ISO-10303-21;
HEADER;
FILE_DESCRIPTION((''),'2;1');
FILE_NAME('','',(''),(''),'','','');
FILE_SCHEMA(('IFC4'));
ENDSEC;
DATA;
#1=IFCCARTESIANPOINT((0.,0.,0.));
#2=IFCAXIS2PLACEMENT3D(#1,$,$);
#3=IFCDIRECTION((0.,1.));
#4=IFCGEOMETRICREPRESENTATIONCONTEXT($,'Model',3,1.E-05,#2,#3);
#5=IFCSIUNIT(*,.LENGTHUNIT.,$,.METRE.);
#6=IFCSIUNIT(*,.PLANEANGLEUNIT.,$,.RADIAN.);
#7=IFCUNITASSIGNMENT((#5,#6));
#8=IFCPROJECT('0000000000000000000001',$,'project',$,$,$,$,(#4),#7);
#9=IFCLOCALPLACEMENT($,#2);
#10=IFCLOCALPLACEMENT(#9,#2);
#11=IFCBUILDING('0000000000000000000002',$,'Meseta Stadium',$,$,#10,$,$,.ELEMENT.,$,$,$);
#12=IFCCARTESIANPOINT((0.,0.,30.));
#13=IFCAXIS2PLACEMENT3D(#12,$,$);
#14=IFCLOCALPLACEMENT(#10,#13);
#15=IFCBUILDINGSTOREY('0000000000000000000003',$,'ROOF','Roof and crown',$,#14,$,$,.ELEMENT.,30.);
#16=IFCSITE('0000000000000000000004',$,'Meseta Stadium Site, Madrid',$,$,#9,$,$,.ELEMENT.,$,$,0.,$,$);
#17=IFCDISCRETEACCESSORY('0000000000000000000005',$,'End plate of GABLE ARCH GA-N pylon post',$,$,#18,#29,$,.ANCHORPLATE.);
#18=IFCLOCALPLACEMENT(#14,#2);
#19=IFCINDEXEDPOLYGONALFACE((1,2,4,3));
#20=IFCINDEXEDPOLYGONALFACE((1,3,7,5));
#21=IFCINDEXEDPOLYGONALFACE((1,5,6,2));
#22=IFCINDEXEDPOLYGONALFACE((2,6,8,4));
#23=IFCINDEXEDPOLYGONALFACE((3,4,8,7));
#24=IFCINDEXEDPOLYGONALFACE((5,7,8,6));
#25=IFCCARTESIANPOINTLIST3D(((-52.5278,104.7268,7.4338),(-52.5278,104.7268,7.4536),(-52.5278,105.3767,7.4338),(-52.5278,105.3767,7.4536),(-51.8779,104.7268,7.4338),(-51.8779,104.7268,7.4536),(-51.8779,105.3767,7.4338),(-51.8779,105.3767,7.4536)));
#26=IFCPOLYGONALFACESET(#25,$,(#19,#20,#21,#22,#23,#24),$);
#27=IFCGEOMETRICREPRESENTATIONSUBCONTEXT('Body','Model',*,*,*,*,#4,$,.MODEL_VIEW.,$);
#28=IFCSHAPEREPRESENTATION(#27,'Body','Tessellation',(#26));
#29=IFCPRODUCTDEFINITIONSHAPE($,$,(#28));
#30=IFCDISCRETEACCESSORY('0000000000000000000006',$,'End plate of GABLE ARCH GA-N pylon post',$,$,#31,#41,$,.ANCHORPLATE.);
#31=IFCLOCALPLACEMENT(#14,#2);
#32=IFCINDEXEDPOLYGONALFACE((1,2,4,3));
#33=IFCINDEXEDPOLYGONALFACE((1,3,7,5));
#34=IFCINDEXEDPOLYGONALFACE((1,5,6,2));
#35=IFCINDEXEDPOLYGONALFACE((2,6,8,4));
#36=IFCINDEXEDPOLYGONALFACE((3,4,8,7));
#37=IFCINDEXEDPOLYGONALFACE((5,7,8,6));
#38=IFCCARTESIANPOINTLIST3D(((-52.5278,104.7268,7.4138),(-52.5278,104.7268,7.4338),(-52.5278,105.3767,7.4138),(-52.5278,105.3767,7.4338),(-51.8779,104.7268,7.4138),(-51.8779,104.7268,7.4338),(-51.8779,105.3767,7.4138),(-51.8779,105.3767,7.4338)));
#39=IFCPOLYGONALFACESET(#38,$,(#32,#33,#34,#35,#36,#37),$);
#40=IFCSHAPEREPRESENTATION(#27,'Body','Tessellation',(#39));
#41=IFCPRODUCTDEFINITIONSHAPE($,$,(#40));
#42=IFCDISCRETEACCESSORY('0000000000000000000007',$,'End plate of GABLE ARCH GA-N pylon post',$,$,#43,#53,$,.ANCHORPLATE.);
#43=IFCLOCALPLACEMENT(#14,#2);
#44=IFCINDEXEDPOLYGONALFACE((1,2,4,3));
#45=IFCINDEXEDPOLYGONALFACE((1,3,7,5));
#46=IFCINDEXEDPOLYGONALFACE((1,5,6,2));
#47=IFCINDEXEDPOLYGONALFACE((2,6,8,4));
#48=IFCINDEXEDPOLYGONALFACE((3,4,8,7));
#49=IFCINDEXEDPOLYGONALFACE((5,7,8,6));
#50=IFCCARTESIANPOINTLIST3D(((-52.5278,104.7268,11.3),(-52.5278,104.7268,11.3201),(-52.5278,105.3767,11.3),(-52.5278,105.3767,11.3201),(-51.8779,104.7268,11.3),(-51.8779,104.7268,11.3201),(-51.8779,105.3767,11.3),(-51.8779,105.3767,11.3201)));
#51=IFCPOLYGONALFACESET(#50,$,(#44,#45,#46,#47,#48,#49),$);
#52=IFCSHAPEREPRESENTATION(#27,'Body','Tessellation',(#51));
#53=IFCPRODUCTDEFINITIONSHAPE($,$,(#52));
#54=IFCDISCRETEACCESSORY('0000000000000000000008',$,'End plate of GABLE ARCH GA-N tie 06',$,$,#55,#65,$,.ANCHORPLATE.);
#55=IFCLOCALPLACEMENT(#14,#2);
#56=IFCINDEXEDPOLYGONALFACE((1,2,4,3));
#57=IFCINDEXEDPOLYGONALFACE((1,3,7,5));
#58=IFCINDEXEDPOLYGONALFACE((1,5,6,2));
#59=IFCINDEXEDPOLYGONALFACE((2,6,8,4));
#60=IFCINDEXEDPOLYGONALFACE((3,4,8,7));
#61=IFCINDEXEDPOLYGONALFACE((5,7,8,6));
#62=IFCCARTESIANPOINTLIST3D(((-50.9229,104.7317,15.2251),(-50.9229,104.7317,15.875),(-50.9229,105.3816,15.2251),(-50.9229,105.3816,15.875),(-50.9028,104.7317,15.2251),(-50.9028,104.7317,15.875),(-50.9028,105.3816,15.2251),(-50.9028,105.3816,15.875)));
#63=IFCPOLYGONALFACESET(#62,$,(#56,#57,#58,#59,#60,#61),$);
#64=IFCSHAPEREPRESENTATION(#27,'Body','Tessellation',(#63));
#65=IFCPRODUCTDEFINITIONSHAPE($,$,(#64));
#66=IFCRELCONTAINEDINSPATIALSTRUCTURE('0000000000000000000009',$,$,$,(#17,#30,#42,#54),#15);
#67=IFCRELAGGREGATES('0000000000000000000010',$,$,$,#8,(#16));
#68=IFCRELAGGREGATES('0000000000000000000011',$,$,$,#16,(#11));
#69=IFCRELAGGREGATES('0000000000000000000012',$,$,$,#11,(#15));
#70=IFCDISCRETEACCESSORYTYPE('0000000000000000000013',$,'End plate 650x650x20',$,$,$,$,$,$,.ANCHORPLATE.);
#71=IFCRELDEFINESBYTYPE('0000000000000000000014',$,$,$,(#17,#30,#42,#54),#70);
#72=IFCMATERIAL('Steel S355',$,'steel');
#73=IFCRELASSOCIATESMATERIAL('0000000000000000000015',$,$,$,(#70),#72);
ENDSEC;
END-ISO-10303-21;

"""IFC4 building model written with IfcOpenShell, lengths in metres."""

from ifc_helpers import new_model, si_unit, direction, frame, origin, origin_2d, place, context, subcontext, project, spatial, rectangle, extrude, material, material_profile, profile_set, type_object, element, save


model = new_model("IFC4")

# Units and contexts
model_context = context("Model", 3, precision=1e-05, world=origin(), true_north=direction((0.0, 1.0)))
body_context = subcontext(model_context, "Body", "Model", "MODEL_VIEW")
ifc_project = project(units=[si_unit("LENGTHUNIT", "METRE"), si_unit("PLANEANGLEUNIT", "RADIAN")], contexts=[model_context])

# Site, building, storey
site_placement = place(None, origin())
site = spatial("IfcSite", under=ifc_project, at=site_placement, Name="Meseta Stadium Site, Madrid", CompositionType="ELEMENT", RefElevation=0.0)
building_placement = place(site_placement, origin())
building = spatial("IfcBuilding", under=site, at=building_placement, Name="Meseta Stadium", CompositionType="ELEMENT")
storey_placement = place(building_placement, frame((0.0, 0.0, 30.0)))
storey = spatial("IfcBuildingStorey", under=building, at=storey_placement, Name="ROOF", Description="Roof and crown", CompositionType="ELEMENT", Elevation=30.0)

# Discrete accessories
ifc_material_1 = material(Name="Steel S355", Category="steel")
ifc_material_profile_1 = material_profile(ifc_material_1, rectangle(XDim=0.6499, YDim=0.6499, at=origin_2d()), Name="PL 650x650")
ifc_profile_set_1 = profile_set([ifc_material_profile_1], Name="Steel S355")
discrete_accessory_type_1 = type_object("IfcDiscreteAccessoryType", Name="End plate 650x650x20", PredefinedType="ANCHORPLATE", material=ifc_profile_set_1)
discrete_accessory_1_placement = place(storey_placement, frame((-52.2029, 105.0518, 7.4338), z_axis=(0.0, 0.0, 1.0), x_axis=(1.0, 0.0, 0.0)))
element("IfcDiscreteAccessory", 1, at=discrete_accessory_1_placement, inside=storey, type_object=discrete_accessory_type_1, Name="End plate of GABLE ARCH GA-N pylon post", PredefinedType="ANCHORPLATE", context=body_context, shape_type="SweptSolid", body=[
    extrude(rectangle(XDim=0.6499, YDim=0.6499, at=origin_2d()), origin(), (0.0, 0.0, 1.0), 0.0198),
])
for number, where, z_axis, x_axis, name in (
    (2, (-52.2029, 105.0518, 7.4138), (0.0, 0.0, 1.0), (1.0, 0.0, 0.0), "End plate of GABLE ARCH GA-N pylon post"),
    (3, (-52.2029, 105.0518, 11.3), (0.0, 0.0, 1.0), (1.0, 0.0, 0.0), "End plate of GABLE ARCH GA-N pylon post"),
    (4, (-50.9028, 105.0566, 15.55), (-1.0, 0.0, 0.0), (0.0, -1.0, 0.0), "End plate of GABLE ARCH GA-N tie 06"),
):
    element("IfcDiscreteAccessory", number, at=place(storey_placement, frame(where, z_axis=z_axis, x_axis=x_axis)), inside=storey, type_object=discrete_accessory_type_1, Name=name, PredefinedType="ANCHORPLATE", context=body_context, shape_type="SweptSolid", body=[
        extrude(rectangle(XDim=0.6499, YDim=0.6499, at=origin_2d()), origin(), (0.0, 0.0, 1.0), 0.02),
    ])

save(model, "model.ifc")
